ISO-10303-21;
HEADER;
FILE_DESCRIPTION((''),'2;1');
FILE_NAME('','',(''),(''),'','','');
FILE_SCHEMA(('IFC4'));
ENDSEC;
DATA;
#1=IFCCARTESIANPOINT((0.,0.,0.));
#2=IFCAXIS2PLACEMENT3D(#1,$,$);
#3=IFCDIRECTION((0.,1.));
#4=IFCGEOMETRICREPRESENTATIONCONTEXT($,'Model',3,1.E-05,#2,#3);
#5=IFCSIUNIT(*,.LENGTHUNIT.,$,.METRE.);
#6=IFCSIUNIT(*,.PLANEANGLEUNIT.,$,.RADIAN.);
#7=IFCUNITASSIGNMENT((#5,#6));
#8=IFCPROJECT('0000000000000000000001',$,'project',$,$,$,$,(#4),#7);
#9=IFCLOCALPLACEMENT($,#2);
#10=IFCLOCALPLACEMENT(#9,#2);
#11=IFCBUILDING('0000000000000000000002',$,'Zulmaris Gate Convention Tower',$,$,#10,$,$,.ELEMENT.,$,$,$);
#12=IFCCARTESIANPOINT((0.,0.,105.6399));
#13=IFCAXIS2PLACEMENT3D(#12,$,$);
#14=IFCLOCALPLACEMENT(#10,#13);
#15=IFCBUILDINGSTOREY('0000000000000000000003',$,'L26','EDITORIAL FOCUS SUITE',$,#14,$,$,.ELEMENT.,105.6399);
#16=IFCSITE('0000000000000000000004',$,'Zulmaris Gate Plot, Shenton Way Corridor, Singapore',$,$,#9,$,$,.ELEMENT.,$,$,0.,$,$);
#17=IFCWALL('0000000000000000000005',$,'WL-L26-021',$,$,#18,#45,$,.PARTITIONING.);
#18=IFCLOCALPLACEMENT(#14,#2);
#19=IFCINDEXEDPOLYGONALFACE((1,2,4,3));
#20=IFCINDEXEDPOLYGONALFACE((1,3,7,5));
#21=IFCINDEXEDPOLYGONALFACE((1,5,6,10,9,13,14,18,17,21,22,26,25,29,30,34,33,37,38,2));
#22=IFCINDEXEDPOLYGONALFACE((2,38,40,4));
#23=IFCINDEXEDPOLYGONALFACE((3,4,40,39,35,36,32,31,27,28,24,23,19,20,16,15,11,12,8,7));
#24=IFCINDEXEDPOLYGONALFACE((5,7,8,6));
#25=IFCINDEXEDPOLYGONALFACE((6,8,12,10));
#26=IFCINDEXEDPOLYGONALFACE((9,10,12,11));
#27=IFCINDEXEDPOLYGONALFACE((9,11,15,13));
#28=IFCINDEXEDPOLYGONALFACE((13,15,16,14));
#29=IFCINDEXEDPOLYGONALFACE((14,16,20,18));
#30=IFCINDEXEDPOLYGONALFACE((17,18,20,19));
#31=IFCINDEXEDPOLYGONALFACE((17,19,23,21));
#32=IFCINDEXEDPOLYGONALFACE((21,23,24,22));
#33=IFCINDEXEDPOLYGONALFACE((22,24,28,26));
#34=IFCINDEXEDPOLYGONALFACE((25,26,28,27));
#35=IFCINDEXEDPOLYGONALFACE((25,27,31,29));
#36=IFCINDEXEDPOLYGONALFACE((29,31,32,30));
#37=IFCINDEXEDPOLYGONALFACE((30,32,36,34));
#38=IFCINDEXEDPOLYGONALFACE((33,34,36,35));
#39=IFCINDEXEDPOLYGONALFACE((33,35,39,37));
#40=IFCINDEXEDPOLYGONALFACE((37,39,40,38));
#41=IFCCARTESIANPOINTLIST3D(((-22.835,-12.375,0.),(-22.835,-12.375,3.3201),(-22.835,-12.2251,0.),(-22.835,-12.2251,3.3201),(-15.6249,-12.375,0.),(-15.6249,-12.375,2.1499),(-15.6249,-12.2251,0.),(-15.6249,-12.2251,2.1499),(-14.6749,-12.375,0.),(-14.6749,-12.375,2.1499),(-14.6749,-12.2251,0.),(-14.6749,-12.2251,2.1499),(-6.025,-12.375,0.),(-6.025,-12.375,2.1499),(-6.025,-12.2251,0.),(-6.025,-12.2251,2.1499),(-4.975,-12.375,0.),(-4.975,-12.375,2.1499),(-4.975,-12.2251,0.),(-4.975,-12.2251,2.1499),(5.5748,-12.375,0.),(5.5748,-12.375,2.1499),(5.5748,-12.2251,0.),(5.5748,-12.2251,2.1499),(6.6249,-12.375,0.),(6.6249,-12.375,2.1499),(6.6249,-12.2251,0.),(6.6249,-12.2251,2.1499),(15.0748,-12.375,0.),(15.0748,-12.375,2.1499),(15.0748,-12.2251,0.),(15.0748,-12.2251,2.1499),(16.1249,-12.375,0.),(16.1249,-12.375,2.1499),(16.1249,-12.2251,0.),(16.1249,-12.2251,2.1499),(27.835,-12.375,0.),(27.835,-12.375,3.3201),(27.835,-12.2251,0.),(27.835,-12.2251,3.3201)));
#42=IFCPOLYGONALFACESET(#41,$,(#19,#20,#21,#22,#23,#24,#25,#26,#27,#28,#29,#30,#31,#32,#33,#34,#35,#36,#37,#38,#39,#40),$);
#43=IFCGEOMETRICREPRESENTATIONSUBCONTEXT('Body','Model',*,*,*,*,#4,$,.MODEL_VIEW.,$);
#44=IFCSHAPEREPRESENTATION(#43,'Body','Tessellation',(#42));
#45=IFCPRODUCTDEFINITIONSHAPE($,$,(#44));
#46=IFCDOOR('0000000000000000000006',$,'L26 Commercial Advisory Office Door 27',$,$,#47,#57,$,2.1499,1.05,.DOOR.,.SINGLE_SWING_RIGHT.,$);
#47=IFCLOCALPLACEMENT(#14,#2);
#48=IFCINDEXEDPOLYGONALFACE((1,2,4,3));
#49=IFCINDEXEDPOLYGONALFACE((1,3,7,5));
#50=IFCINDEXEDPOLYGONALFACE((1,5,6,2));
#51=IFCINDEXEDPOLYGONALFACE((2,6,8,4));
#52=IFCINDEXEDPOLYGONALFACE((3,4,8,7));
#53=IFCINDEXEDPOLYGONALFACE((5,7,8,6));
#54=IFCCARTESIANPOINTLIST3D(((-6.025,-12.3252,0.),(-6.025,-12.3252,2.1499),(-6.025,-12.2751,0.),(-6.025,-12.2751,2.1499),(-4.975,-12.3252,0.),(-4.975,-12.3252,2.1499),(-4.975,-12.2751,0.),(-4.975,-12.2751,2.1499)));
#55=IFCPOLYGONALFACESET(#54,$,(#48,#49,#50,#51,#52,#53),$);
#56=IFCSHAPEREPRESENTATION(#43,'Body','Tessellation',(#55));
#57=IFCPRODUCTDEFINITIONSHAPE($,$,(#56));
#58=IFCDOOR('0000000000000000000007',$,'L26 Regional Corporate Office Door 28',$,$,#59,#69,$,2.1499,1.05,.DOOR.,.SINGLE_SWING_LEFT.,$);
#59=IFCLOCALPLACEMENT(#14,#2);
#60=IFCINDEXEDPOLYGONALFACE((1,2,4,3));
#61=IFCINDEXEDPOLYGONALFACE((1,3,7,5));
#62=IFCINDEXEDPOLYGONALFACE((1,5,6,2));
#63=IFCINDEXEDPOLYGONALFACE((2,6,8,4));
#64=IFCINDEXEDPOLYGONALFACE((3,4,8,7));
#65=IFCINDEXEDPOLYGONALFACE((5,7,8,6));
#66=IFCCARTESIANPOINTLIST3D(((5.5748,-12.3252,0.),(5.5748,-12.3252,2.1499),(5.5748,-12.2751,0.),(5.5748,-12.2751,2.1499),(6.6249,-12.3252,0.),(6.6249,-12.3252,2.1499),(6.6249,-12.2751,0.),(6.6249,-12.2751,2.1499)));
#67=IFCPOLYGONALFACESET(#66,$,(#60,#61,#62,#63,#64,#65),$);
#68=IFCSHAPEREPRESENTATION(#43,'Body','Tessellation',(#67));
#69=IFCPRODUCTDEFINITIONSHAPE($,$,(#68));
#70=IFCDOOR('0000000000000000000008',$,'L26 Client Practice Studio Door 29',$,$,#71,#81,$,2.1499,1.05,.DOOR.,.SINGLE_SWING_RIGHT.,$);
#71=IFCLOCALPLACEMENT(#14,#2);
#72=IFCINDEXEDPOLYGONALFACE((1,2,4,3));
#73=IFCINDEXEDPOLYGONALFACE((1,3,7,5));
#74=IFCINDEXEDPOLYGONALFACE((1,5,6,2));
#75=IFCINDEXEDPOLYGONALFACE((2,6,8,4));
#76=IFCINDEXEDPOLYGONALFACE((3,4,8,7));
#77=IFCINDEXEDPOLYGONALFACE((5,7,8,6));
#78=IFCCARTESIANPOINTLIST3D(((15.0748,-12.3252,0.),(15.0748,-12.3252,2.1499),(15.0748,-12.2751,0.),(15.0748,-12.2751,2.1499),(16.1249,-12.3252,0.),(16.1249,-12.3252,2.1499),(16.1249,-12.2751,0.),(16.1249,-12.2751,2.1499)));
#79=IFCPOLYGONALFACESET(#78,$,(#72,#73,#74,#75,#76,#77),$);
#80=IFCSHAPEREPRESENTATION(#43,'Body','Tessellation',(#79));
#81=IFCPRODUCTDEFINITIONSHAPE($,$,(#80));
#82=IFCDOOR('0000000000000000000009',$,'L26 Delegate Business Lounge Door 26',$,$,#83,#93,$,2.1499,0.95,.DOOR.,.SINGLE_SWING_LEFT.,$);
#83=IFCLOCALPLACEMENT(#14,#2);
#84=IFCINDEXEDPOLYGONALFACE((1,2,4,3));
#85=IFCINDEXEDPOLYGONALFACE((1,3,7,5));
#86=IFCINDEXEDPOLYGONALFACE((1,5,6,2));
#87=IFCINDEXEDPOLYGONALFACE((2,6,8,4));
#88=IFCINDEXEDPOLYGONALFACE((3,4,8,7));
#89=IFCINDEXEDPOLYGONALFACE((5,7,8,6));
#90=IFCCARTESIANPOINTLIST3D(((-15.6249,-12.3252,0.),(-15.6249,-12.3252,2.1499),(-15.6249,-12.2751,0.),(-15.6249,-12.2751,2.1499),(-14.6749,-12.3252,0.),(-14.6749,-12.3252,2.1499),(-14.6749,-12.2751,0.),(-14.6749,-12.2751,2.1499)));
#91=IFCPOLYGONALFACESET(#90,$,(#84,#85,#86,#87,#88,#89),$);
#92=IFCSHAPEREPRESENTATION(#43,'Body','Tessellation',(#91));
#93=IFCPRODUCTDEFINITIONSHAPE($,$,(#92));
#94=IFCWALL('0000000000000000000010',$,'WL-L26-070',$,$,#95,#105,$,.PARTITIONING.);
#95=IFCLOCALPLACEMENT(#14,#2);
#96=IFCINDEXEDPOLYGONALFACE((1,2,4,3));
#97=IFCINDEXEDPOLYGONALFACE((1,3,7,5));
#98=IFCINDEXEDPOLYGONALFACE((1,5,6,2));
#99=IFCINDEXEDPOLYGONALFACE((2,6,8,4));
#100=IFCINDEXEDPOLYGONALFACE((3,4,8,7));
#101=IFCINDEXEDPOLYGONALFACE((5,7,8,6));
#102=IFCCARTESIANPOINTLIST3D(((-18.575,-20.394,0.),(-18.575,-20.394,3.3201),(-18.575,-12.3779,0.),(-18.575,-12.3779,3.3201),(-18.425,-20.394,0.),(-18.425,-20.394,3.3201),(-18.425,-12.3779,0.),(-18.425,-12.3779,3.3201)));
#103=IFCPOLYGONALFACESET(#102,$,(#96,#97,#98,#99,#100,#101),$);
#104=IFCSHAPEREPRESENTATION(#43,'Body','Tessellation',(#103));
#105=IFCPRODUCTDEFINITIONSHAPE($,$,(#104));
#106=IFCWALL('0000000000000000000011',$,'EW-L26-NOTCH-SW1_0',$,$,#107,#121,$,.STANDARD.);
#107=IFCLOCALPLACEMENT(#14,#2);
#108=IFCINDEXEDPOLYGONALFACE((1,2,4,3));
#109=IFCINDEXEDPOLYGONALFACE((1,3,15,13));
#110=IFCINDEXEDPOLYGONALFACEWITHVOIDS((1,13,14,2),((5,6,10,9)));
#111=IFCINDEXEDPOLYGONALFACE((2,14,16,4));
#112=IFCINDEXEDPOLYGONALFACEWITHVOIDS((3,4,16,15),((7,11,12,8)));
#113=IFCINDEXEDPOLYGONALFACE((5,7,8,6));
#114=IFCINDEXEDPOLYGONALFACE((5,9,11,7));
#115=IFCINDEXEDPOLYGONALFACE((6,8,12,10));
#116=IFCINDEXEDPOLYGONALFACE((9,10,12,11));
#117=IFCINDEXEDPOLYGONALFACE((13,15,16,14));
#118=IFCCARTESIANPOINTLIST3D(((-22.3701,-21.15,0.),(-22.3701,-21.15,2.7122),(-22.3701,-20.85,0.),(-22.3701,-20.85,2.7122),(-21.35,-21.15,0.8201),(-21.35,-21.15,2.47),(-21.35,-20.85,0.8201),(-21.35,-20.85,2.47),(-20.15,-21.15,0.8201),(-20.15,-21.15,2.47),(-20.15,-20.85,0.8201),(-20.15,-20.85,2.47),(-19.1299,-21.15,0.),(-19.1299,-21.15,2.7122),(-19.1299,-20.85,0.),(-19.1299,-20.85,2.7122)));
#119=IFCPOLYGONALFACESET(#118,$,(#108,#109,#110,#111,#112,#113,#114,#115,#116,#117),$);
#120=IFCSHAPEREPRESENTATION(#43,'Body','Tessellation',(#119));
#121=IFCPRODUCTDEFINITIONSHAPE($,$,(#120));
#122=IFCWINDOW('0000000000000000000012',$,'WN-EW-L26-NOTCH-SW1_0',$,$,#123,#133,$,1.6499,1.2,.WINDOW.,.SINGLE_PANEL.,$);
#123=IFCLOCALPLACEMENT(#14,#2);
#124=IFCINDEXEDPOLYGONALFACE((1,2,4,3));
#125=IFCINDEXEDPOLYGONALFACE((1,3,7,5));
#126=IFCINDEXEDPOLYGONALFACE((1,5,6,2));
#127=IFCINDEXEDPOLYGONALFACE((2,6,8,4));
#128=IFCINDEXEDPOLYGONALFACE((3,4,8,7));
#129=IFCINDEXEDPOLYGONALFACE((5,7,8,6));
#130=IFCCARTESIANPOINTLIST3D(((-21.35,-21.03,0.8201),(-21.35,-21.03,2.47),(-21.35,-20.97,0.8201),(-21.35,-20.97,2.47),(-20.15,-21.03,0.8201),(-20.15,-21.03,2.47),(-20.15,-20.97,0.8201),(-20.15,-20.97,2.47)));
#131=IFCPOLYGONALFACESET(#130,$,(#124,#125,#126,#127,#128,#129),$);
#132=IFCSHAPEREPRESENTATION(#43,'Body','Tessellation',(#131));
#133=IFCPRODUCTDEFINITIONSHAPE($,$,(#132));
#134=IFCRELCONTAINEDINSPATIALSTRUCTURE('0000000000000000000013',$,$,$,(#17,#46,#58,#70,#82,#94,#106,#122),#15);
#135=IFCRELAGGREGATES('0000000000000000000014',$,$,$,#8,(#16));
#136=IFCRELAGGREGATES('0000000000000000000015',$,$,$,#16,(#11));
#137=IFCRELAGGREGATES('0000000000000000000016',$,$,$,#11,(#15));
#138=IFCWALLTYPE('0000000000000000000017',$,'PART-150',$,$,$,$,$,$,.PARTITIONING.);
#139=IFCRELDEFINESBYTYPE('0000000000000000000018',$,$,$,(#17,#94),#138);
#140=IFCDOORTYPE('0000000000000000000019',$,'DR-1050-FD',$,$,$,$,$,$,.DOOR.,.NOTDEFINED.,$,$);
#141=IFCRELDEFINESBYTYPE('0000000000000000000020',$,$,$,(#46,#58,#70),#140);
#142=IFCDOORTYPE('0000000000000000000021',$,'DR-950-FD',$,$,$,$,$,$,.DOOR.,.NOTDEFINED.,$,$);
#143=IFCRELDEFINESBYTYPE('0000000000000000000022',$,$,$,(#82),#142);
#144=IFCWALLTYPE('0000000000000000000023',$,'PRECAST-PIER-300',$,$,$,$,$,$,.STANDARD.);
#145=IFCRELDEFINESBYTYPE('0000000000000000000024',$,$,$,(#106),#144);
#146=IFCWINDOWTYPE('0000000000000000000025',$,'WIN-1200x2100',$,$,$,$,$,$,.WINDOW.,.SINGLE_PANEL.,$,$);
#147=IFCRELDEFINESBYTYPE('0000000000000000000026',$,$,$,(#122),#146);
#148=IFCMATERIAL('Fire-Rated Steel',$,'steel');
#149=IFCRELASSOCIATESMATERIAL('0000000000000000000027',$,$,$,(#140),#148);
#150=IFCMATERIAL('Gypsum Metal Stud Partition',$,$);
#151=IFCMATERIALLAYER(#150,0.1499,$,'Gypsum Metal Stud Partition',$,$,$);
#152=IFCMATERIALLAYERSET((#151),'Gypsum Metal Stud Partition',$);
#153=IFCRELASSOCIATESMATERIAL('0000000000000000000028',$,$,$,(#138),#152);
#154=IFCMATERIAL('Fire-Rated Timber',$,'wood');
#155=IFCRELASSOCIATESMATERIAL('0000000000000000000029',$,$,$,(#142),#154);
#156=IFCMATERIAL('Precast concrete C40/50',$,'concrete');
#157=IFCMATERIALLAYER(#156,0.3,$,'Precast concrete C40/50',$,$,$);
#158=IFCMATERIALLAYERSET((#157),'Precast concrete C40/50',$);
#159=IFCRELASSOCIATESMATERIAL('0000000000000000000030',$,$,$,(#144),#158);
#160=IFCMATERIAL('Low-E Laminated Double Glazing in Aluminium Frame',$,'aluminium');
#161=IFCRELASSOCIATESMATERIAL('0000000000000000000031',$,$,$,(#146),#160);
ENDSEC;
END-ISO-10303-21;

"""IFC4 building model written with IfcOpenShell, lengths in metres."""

from ifc_helpers import new_model, si_unit, direction, frame, frame_2d, origin, place, context, subcontext, project, spatial, rectangle, extrude, material, layer, layer_set, type_object, element, fill, save


model = new_model("IFC4")

# Units and contexts
model_context = context("Model", 3, precision=1e-05, world=origin(), true_north=direction((0.0, 1.0)))
body_context = subcontext(model_context, "Body", "Model", "MODEL_VIEW")
ifc_project = project(units=[si_unit("LENGTHUNIT", "METRE"), si_unit("PLANEANGLEUNIT", "RADIAN")], contexts=[model_context])

# Site, building, storey
site_placement = place(None, origin())
site = spatial("IfcSite", under=ifc_project, at=site_placement, Name="Zulmaris Gate Plot, Shenton Way Corridor, Singapore", CompositionType="ELEMENT", RefElevation=0.0)
building_placement = place(site_placement, origin())
building = spatial("IfcBuilding", under=site, at=building_placement, Name="Zulmaris Gate Convention Tower", CompositionType="ELEMENT")
storey_placement = place(building_placement, frame((0.0, 0.0, 105.6399)))
storey = spatial("IfcBuildingStorey", under=building, at=storey_placement, Name="L26", Description="EDITORIAL FOCUS SUITE", CompositionType="ELEMENT", Elevation=105.6399)

# Shared definitions
ifc_material_1 = material(Name="Fire-Rated Steel", Category="steel")
door_type_1 = type_object("IfcDoorType", Name="DR-1050-FD", OperationType="NOTDEFINED", PredefinedType="DOOR", material=ifc_material_1)

# Wall, openings, doors
ifc_material_2 = material(Name="Gypsum Metal Stud Partition")
ifc_layer_1 = layer(ifc_material_2, 0.1499, Name="Gypsum Metal Stud Partition")
ifc_layer_set_1 = layer_set([ifc_layer_1], Name="Gypsum Metal Stud Partition")
wall_type_1 = type_object("IfcWallType", Name="PART-150", PredefinedType="PARTITIONING", material=ifc_layer_set_1)
wall_1_placement = place(storey_placement, frame((-22.835, -12.3, 0.0), z_axis=(0.0, 0.0, 1.0), x_axis=(1.0, 0.0, 0.0)))
wall_1 = element("IfcWall", 1, at=wall_1_placement, inside=storey, type_object=wall_type_1, Name="WL-L26-021", PredefinedType="PARTITIONING", context=body_context, shape_type="SweptSolid", body=[
    extrude(rectangle(XDim=50.6699, YDim=0.1499, at=frame_2d((25.335, 0.0))), origin(), (0.0, 0.0, 1.0), 3.3201),
])
opening_1_placement = place(wall_1_placement, frame((7.21, 0.0, 0.0)))
opening_1 = element("IfcOpeningElement", 2, at=opening_1_placement, cuts=wall_1, PredefinedType="OPENING", context=body_context, shape_type="SweptSolid", body=[
    extrude(rectangle(XDim=0.95, YDim=2.1499, at=frame_2d((0.4751, 1.075))), frame((0.0, 0.085, 0.0), z_axis=(0.0, -1.0, 0.0), x_axis=(1.0, 0.0, 0.0)), (0.0, 0.0, 1.0), 0.1699),
])
opening_2_placement = place(wall_1_placement, frame((16.8101, 0.0, 0.0)))
opening_2 = element("IfcOpeningElement", 3, at=opening_2_placement, cuts=wall_1, PredefinedType="OPENING", context=body_context, shape_type="SweptSolid", body=[
    extrude(rectangle(XDim=1.05, YDim=2.1499, at=frame_2d((0.5249, 1.075))), frame((0.0, 0.085, 0.0), z_axis=(0.0, -1.0, 0.0), x_axis=(1.0, 0.0, 0.0)), (0.0, 0.0, 1.0), 0.1699),
])
opening_3_placement = place(wall_1_placement, frame((28.4099, 0.0, 0.0)))
opening_3 = element("IfcOpeningElement", 4, at=opening_3_placement, cuts=wall_1, PredefinedType="OPENING", context=body_context, shape_type="SweptSolid", body=[
    extrude(rectangle(XDim=1.05, YDim=2.1499, at=frame_2d((0.5249, 1.075))), frame((0.0, 0.085, 0.0), z_axis=(0.0, -1.0, 0.0), x_axis=(1.0, 0.0, 0.0)), (0.0, 0.0, 1.0), 0.1699),
])
opening_4_placement = place(wall_1_placement, frame((37.9099, 0.0, 0.0)))
opening_4 = element("IfcOpeningElement", 5, at=opening_4_placement, cuts=wall_1, PredefinedType="OPENING", context=body_context, shape_type="SweptSolid", body=[
    extrude(rectangle(XDim=1.05, YDim=2.1499, at=frame_2d((0.5249, 1.075))), frame((0.0, 0.085, 0.0), z_axis=(0.0, -1.0, 0.0), x_axis=(1.0, 0.0, 0.0)), (0.0, 0.0, 1.0), 0.1699),
])
door_1_placement = place(opening_2_placement, origin())
door_1 = element("IfcDoor", 6, at=door_1_placement, inside=storey, type_object=door_type_1, Name="L26 Commercial Advisory Office Door 27", OperationType="SINGLE_SWING_RIGHT", OverallHeight=2.1499, OverallWidth=1.05, PredefinedType="DOOR", context=body_context, shape_type="SweptSolid", body=[
    extrude(rectangle(XDim=1.05, YDim=2.1499, at=frame_2d((0.5249, 1.075))), frame((0.0, 0.0249, 0.0), z_axis=(0.0, -1.0, 0.0), x_axis=(1.0, 0.0, 0.0)), (0.0, 0.0, 1.0), 0.05),
])
fill(opening_2, door_1)
door_2_placement = place(opening_3_placement, origin())
door_2 = element("IfcDoor", 7, at=door_2_placement, inside=storey, type_object=door_type_1, Name="L26 Regional Corporate Office Door 28", OperationType="SINGLE_SWING_LEFT", OverallHeight=2.1499, OverallWidth=1.05, PredefinedType="DOOR", context=body_context, shape_type="SweptSolid", body=[
    extrude(rectangle(XDim=1.05, YDim=2.1499, at=frame_2d((0.5249, 1.075))), frame((0.0, 0.0249, 0.0), z_axis=(0.0, -1.0, 0.0), x_axis=(1.0, 0.0, 0.0)), (0.0, 0.0, 1.0), 0.05),
])
fill(opening_3, door_2)
door_3_placement = place(opening_4_placement, origin())
door_3 = element("IfcDoor", 8, at=door_3_placement, inside=storey, type_object=door_type_1, Name="L26 Client Practice Studio Door 29", OperationType="SINGLE_SWING_RIGHT", OverallHeight=2.1499, OverallWidth=1.05, PredefinedType="DOOR", context=body_context, shape_type="SweptSolid", body=[
    extrude(rectangle(XDim=1.05, YDim=2.1499, at=frame_2d((0.5249, 1.075))), frame((0.0, 0.0249, 0.0), z_axis=(0.0, -1.0, 0.0), x_axis=(1.0, 0.0, 0.0)), (0.0, 0.0, 1.0), 0.05),
])
fill(opening_4, door_3)
ifc_material_3 = material(Name="Fire-Rated Timber", Category="wood")
door_type_2 = type_object("IfcDoorType", Name="DR-950-FD", OperationType="NOTDEFINED", PredefinedType="DOOR", material=ifc_material_3)
door_4_placement = place(opening_1_placement, origin())
door_4 = element("IfcDoor", 9, at=door_4_placement, inside=storey, type_object=door_type_2, Name="L26 Delegate Business Lounge Door 26", OperationType="SINGLE_SWING_LEFT", OverallHeight=2.1499, OverallWidth=0.95, PredefinedType="DOOR", context=body_context, shape_type="SweptSolid", body=[
    extrude(rectangle(XDim=0.95, YDim=2.1499, at=frame_2d((0.4751, 1.075))), frame((0.0, 0.0249, 0.0), z_axis=(0.0, -1.0, 0.0), x_axis=(1.0, 0.0, 0.0)), (0.0, 0.0, 1.0), 0.05),
])
fill(opening_1, door_4)

# Wall
wall_2_placement = place(storey_placement, frame((-18.5, -20.394, 0.0), z_axis=(0.0, 0.0, 1.0), x_axis=(0.0, 1.0, 0.0)))
element("IfcWall", 10, at=wall_2_placement, inside=storey, type_object=wall_type_1, Name="WL-L26-070", PredefinedType="PARTITIONING", context=body_context, shape_type="SweptSolid", body=[
    extrude(rectangle(XDim=8.0161, YDim=0.1499, at=frame_2d((4.0081, 0.0))), origin(), (0.0, 0.0, 1.0), 3.3201),
])

# Wall, opening, window
ifc_material_4 = material(Name="Precast concrete C40/50", Category="concrete")
ifc_layer_2 = layer(ifc_material_4, 0.3, Name="Precast concrete C40/50")
ifc_layer_set_2 = layer_set([ifc_layer_2], Name="Precast concrete C40/50")
wall_type_2 = type_object("IfcWallType", Name="PRECAST-PIER-300", PredefinedType="STANDARD", material=ifc_layer_set_2)
wall_3_placement = place(storey_placement, frame((-22.3701, -21.0, 0.0), z_axis=(0.0, 0.0, 1.0), x_axis=(1.0, 0.0, 0.0)))
wall_3 = element("IfcWall", 11, at=wall_3_placement, inside=storey, type_object=wall_type_2, Name="EW-L26-NOTCH-SW1_0", PredefinedType="STANDARD", context=body_context, shape_type="SweptSolid", body=[
    extrude(rectangle(XDim=3.2402, YDim=0.3, at=frame_2d((1.6201, 0.0))), origin(), (0.0, 0.0, 1.0), 2.7122),
])
opening_5_placement = place(wall_3_placement, frame((1.02, 0.0, 0.8201)))
opening_5 = element("IfcOpeningElement", 12, at=opening_5_placement, cuts=wall_3, PredefinedType="OPENING", context=body_context, shape_type="SweptSolid", body=[
    extrude(rectangle(XDim=1.2, YDim=1.6499, at=frame_2d((0.6001, 0.825))), frame((0.0, 0.1602, 0.0), z_axis=(0.0, -1.0, 0.0), x_axis=(1.0, 0.0, 0.0)), (0.0, 0.0, 1.0), 0.3201),
])
ifc_material_5 = material(Name="Low-E Laminated Double Glazing in Aluminium Frame", Category="aluminium")
window_type = type_object("IfcWindowType", Name="WIN-1200x2100", PartitioningType="SINGLE_PANEL", PredefinedType="WINDOW", material=ifc_material_5)
window_placement = place(opening_5_placement, origin())
window = element("IfcWindow", 13, at=window_placement, inside=storey, type_object=window_type, Name="WN-EW-L26-NOTCH-SW1_0", OverallHeight=1.6499, OverallWidth=1.2, PartitioningType="SINGLE_PANEL", PredefinedType="WINDOW", context=body_context, shape_type="SweptSolid", body=[
    extrude(rectangle(XDim=1.2, YDim=1.6499, at=frame_2d((0.6001, 0.825))), frame((0.0, 0.03, 0.0), z_axis=(0.0, -1.0, 0.0), x_axis=(1.0, 0.0, 0.0)), (0.0, 0.0, 1.0), 0.0601),
])
fill(opening_5, window)

save(model, "model.ifc")
